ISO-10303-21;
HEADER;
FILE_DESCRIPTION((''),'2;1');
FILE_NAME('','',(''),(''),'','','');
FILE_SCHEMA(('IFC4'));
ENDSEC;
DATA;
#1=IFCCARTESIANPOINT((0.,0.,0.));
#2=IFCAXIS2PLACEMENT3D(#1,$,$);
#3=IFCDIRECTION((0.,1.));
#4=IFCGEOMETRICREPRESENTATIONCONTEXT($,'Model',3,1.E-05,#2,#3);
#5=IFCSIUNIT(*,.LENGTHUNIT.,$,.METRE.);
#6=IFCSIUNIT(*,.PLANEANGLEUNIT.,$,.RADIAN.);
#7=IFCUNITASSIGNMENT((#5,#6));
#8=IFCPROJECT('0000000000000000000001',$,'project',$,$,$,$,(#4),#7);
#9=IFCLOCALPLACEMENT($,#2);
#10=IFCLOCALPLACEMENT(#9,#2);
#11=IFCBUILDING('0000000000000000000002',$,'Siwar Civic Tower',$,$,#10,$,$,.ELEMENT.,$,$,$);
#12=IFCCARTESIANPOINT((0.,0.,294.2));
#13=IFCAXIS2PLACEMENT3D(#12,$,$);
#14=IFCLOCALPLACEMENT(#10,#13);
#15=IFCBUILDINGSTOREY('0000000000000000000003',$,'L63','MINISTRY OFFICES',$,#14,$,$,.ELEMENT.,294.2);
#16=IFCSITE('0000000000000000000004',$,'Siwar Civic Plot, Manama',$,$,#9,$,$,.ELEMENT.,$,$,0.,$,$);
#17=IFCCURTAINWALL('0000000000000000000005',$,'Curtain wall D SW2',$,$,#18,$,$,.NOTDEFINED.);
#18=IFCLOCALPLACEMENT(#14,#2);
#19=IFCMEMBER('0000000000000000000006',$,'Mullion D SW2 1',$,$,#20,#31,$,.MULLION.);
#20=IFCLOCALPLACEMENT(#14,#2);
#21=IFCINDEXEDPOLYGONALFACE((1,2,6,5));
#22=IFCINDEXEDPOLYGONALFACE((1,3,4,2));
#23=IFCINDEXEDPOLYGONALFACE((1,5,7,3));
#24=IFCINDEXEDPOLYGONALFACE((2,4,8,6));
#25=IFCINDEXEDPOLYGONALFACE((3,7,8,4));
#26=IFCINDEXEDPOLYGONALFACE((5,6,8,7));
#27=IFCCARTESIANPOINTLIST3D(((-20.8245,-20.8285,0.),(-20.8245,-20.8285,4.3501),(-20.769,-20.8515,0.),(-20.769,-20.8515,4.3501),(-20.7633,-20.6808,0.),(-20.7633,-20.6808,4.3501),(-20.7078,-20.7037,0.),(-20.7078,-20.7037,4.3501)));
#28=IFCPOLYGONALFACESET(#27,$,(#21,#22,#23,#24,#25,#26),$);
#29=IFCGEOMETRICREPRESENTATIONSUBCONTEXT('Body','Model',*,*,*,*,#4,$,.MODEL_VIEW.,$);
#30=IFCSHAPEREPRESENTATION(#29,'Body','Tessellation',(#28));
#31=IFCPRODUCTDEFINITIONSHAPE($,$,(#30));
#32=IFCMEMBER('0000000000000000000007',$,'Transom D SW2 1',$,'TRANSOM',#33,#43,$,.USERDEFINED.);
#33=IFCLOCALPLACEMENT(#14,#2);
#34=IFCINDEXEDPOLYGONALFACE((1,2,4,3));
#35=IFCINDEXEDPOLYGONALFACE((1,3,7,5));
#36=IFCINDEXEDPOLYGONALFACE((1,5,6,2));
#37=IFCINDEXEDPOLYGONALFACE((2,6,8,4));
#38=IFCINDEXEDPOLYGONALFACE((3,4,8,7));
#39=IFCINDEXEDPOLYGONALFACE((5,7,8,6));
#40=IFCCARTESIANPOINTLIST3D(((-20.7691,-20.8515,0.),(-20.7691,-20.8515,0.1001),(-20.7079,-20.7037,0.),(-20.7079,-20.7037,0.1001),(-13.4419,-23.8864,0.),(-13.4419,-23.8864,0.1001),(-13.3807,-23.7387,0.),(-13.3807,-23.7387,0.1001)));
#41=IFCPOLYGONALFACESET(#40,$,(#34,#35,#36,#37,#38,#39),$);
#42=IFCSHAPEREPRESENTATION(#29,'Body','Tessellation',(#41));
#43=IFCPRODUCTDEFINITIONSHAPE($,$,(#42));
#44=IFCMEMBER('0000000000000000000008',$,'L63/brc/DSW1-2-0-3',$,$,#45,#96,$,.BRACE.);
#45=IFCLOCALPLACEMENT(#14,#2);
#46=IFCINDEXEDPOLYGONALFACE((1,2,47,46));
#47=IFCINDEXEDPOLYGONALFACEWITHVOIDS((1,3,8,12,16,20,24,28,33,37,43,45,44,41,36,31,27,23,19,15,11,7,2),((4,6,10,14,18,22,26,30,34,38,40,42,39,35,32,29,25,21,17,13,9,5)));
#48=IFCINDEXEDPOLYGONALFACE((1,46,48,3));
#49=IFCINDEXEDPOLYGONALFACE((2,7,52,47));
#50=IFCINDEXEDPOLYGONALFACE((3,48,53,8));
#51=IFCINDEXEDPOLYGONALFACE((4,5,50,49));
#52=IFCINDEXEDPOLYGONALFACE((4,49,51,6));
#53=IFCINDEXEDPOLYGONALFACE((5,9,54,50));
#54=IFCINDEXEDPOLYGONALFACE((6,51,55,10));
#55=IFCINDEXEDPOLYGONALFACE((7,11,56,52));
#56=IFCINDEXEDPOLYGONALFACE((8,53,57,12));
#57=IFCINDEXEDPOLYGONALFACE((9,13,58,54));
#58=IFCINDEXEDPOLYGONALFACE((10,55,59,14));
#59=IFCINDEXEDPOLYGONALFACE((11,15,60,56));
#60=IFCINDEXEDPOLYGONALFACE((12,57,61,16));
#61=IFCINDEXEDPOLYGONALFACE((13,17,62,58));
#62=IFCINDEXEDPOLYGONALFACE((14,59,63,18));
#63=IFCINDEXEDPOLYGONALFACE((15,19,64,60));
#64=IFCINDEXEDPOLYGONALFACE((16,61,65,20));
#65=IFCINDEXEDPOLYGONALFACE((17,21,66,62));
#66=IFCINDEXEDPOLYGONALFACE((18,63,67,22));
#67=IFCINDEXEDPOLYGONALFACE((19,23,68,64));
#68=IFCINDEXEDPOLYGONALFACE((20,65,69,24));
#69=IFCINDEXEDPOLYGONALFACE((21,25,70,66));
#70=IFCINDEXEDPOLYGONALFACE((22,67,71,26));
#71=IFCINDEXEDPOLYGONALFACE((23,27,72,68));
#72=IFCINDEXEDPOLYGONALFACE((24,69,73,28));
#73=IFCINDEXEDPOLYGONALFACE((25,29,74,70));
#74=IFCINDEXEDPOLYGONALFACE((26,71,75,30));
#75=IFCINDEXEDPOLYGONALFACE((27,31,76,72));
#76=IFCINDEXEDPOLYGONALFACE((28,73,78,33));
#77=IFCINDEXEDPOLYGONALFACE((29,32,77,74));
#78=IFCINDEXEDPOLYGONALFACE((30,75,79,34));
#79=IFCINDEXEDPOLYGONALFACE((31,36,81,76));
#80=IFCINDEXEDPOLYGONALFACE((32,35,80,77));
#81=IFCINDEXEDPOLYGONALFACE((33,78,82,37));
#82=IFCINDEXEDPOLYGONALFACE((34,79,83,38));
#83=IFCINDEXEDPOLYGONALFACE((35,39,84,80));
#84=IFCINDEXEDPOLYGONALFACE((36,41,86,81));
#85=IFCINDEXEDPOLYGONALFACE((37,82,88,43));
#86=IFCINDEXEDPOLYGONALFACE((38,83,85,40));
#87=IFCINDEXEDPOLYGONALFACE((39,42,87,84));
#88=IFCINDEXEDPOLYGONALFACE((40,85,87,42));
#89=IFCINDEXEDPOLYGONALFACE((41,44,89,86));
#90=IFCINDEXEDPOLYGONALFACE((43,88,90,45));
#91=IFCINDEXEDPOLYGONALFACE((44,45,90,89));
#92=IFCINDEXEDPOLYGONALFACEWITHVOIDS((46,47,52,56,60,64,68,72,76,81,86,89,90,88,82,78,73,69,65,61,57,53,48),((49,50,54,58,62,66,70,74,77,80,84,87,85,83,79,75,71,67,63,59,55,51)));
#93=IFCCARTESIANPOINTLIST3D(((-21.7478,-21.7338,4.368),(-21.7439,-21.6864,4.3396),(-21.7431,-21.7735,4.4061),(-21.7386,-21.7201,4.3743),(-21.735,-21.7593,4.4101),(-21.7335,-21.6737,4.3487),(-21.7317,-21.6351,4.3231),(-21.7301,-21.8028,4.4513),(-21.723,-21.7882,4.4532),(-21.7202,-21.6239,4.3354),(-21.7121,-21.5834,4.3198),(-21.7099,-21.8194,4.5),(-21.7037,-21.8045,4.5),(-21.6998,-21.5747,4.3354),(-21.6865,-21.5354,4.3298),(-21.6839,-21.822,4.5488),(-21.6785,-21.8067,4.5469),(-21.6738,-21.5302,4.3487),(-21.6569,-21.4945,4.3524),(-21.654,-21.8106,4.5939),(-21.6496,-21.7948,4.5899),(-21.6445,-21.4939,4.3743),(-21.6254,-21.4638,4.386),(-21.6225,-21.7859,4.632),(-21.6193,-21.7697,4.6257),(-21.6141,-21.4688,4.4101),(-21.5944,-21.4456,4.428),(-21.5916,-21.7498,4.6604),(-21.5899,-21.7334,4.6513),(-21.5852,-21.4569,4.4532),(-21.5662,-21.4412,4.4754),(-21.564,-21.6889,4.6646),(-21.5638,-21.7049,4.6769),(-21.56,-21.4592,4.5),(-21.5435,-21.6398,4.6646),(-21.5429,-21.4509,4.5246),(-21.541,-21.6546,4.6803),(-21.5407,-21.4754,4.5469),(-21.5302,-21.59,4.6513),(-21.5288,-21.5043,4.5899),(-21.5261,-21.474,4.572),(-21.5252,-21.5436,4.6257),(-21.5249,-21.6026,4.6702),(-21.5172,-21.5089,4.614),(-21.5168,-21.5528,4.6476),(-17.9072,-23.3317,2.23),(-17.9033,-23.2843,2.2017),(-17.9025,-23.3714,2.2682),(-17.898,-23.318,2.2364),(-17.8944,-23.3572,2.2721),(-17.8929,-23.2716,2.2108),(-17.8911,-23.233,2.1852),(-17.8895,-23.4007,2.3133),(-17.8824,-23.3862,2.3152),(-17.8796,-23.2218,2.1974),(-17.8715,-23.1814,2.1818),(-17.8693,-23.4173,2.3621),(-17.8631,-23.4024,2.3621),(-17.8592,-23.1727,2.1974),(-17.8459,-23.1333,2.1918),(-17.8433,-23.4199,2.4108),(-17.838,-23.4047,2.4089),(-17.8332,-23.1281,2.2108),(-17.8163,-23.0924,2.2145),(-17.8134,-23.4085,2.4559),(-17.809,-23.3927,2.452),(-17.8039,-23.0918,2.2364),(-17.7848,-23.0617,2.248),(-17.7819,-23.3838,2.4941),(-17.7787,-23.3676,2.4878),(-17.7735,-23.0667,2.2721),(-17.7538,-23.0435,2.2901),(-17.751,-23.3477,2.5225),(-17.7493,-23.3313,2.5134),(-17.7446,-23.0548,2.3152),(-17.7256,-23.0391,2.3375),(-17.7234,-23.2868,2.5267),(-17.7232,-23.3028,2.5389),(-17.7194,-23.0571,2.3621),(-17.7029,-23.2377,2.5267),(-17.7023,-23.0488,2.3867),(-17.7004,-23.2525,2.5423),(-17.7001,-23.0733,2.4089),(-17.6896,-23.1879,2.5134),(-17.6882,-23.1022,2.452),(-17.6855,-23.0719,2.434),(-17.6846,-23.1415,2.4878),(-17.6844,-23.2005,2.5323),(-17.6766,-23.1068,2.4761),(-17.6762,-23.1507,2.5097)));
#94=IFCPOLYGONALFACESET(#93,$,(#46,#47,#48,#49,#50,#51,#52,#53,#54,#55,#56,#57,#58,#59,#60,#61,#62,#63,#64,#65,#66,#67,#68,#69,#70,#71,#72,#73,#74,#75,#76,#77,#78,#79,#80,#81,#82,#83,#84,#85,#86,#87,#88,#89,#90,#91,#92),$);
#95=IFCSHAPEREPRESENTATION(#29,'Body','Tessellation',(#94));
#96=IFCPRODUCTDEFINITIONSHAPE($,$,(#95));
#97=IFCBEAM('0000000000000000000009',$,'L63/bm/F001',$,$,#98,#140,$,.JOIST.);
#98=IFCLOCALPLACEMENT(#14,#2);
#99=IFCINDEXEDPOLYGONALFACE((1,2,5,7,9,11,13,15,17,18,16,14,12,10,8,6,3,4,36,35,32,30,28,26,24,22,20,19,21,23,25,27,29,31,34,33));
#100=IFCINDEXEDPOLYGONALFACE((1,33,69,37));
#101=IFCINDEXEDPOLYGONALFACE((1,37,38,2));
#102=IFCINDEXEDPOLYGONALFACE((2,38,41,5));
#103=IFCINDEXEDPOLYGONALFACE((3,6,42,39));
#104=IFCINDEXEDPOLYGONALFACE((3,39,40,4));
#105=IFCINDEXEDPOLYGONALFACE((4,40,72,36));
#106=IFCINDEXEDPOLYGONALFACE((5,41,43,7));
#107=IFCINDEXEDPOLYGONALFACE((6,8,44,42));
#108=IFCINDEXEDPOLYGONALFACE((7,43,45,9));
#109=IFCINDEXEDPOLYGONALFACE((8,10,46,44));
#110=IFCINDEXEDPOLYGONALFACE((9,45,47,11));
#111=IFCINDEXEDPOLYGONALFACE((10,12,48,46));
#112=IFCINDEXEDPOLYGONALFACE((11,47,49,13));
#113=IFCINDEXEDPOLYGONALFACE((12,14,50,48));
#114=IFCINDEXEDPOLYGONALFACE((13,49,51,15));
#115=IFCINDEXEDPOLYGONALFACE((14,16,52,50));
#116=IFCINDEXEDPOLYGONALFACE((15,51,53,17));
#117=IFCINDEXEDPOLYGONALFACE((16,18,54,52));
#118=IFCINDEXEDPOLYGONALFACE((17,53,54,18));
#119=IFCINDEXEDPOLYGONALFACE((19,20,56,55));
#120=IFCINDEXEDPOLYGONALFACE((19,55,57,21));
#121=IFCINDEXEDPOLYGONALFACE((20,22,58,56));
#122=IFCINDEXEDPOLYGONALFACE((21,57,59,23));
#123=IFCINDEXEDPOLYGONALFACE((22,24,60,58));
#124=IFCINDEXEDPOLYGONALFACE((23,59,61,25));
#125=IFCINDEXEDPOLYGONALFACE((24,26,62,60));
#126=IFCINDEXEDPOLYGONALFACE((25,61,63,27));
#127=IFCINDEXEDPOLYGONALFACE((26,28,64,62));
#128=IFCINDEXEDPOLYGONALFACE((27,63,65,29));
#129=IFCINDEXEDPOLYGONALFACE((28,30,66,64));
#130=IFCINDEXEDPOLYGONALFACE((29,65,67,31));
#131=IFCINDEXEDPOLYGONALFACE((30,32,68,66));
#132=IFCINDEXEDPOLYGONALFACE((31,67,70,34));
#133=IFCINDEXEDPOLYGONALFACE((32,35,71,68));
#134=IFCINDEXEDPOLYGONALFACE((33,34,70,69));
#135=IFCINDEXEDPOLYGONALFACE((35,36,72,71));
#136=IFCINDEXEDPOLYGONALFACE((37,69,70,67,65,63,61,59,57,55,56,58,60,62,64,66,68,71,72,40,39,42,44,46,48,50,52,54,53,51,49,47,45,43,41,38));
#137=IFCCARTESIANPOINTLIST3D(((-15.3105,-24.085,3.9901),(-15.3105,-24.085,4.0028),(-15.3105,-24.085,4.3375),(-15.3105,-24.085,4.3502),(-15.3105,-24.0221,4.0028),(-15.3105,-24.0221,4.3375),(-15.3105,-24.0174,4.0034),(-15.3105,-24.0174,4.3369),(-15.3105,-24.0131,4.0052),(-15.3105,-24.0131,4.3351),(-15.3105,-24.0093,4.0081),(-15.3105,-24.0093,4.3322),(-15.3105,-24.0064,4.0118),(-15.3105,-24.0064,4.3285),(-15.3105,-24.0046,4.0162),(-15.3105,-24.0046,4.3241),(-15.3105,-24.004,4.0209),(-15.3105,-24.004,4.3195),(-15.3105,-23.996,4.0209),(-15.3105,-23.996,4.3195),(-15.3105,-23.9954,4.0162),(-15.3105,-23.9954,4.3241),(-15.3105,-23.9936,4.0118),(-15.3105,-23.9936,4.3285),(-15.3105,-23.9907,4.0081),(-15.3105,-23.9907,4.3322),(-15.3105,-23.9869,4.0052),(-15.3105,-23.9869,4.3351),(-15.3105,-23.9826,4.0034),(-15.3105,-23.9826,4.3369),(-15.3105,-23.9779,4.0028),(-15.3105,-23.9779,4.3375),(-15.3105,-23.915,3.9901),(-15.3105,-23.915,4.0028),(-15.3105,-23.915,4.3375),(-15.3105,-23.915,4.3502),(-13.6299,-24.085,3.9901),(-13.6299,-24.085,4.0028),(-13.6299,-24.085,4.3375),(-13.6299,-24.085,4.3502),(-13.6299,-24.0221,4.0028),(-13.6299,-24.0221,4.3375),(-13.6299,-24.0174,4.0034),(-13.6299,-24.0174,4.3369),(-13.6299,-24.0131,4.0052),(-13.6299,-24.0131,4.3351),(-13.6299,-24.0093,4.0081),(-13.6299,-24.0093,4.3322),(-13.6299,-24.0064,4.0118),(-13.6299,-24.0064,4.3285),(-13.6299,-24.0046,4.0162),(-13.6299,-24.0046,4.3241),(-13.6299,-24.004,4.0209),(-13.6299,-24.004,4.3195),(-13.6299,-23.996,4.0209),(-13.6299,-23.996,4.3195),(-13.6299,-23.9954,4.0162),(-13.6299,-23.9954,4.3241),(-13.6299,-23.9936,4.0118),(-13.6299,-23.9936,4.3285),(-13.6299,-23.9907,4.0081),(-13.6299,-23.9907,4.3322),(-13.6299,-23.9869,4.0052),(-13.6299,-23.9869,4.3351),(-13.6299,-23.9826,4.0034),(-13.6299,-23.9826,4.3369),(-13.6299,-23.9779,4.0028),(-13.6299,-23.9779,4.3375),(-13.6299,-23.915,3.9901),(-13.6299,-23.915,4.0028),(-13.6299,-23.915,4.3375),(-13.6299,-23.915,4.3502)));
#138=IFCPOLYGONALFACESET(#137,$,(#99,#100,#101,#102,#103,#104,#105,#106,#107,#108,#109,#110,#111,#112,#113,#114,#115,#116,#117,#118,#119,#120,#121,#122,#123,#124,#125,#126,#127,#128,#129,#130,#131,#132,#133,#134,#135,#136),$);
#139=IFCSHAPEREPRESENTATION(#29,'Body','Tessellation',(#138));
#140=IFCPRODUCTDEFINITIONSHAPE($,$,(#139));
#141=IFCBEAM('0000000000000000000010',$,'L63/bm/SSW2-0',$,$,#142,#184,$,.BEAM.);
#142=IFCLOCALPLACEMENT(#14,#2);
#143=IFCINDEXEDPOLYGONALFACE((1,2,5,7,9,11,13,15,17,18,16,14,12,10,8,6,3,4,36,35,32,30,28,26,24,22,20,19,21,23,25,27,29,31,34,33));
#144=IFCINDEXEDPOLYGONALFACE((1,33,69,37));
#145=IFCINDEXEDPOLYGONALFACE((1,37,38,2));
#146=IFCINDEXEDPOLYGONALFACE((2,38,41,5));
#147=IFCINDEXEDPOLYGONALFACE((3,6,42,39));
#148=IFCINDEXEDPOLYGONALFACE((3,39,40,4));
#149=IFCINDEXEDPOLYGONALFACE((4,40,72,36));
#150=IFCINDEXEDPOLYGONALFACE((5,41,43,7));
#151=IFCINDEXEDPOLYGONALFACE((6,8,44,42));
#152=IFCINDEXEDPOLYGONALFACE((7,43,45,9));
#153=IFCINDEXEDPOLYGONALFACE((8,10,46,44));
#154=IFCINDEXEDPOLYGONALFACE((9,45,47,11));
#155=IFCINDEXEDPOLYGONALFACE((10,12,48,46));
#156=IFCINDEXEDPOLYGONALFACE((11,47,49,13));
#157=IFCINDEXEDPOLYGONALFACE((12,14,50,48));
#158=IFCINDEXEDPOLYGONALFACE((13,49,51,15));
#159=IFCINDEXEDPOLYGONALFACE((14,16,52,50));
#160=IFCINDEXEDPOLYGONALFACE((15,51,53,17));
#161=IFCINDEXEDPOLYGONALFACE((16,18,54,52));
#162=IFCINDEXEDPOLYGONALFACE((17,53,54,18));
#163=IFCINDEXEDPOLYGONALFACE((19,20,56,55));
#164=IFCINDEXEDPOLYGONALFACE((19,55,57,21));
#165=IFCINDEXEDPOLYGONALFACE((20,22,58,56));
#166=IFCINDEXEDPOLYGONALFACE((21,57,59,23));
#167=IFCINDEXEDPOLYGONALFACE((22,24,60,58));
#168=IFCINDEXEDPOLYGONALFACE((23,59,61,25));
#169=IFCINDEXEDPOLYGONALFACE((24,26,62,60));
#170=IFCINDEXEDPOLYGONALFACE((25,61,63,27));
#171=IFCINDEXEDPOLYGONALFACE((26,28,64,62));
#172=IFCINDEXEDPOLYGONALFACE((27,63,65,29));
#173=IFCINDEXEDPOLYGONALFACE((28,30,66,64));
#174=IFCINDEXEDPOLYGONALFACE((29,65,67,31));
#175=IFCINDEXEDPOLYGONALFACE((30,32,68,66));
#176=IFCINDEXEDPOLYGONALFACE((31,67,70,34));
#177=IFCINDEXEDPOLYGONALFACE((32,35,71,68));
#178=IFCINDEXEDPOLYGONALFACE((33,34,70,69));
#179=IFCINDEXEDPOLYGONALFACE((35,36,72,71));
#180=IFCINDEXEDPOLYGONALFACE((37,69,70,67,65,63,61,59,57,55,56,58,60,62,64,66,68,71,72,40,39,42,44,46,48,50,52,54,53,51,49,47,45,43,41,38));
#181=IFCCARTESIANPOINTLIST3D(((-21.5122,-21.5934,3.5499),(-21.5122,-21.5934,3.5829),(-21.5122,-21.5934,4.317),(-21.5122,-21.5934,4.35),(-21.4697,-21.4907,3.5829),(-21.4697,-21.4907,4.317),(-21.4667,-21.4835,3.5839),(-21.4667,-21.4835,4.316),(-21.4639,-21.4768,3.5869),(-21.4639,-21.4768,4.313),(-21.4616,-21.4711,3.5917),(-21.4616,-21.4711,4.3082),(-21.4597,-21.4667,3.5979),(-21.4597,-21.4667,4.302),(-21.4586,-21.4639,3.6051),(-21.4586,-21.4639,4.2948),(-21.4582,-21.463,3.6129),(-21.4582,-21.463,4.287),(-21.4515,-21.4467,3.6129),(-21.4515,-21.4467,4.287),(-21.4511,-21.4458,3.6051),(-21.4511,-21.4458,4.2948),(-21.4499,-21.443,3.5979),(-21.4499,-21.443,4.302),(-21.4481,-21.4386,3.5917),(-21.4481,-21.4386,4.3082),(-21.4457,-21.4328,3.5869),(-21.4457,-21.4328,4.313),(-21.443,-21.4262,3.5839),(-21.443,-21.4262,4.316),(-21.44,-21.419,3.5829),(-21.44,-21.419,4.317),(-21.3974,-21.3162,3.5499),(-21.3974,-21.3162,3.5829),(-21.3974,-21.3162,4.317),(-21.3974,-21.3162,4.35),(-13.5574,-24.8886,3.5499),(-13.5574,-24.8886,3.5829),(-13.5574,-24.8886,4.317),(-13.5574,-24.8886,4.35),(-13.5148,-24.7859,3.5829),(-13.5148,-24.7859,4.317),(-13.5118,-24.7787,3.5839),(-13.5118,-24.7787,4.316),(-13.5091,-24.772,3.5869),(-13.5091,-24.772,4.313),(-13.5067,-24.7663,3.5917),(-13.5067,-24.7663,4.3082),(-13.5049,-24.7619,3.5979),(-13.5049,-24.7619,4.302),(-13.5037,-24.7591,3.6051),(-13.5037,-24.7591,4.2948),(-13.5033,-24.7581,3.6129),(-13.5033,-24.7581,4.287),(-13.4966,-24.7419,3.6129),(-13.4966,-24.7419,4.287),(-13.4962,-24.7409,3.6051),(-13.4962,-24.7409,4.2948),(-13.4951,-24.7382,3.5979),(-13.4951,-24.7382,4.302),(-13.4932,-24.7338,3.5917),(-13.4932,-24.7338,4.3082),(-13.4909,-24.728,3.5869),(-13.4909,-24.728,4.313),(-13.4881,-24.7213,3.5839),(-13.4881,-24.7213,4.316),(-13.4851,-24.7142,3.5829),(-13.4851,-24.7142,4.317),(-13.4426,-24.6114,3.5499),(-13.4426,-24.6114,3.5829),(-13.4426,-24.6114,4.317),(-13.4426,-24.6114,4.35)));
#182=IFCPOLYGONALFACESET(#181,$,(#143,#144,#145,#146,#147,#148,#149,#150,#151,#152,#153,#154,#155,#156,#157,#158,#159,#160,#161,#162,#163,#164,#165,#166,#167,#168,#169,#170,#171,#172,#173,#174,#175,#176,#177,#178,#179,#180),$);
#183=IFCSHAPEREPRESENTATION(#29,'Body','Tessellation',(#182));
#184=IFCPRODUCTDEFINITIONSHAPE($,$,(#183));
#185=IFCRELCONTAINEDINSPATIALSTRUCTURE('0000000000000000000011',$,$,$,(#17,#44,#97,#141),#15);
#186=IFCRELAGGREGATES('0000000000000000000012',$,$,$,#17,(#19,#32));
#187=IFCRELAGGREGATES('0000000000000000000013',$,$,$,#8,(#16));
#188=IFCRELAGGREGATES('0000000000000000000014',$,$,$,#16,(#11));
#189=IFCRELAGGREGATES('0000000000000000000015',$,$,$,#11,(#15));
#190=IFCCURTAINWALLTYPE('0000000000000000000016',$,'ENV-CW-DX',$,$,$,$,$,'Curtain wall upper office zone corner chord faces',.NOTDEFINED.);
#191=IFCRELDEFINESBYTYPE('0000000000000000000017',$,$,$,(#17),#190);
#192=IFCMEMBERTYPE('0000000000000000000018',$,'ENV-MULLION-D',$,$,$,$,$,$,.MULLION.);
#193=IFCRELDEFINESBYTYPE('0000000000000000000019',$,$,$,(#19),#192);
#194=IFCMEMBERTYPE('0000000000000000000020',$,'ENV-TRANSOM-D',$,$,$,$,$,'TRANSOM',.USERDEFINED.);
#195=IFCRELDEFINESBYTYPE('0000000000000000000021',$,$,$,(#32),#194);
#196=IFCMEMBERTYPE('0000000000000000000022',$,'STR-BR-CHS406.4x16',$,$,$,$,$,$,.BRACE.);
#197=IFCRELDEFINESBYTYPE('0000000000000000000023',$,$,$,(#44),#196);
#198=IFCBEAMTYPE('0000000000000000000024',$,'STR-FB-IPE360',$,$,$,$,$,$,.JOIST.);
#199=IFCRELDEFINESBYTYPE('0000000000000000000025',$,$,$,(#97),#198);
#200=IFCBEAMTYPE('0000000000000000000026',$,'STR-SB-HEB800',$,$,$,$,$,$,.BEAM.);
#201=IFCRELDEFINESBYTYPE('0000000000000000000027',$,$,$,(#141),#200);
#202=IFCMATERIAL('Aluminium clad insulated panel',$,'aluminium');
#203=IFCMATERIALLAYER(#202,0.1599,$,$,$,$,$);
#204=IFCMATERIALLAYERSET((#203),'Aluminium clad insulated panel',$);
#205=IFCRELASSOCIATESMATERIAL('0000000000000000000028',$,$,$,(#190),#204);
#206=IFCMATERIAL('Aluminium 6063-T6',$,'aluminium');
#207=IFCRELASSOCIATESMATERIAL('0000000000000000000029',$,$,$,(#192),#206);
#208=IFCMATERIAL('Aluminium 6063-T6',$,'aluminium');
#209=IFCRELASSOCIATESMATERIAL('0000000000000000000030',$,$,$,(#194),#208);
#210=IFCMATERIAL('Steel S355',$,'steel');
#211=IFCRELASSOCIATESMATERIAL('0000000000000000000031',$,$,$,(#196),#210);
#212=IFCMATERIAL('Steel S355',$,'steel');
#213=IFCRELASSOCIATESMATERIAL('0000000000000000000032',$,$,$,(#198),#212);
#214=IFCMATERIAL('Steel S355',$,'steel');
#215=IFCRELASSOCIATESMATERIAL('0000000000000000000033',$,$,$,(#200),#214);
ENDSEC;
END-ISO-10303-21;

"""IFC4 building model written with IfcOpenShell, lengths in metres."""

from ifc_helpers import new_model, si_unit, direction, frame, origin, origin_2d, place, context, subcontext, project, spatial, rectangle, hollow_circle, i_section, extrude, material, layer, layer_set, material_profile, profile_set, type_object, element, aggregate, save


model = new_model("IFC4")

# Units and contexts
model_context = context("Model", 3, precision=1e-05, world=origin(), true_north=direction((0.0, 1.0)))
body_context = subcontext(model_context, "Body", "Model", "MODEL_VIEW")
ifc_project = project(units=[si_unit("LENGTHUNIT", "METRE"), si_unit("PLANEANGLEUNIT", "RADIAN")], contexts=[model_context])

# Site, building, storey
site_placement = place(None, origin())
site = spatial("IfcSite", under=ifc_project, at=site_placement, Name="Siwar Civic Plot, Manama", CompositionType="ELEMENT", RefElevation=0.0)
building_placement = place(site_placement, origin())
building = spatial("IfcBuilding", under=site, at=building_placement, Name="Siwar Civic Tower", CompositionType="ELEMENT")
storey_placement = place(building_placement, frame((0.0, 0.0, 294.2)))
storey = spatial("IfcBuildingStorey", under=building, at=storey_placement, Name="L63", Description="MINISTRY OFFICES", CompositionType="ELEMENT", Elevation=294.2)

# Curtain wall, members
ifc_material_1 = material(Name="Aluminium clad insulated panel", Category="aluminium")
ifc_layer_1 = layer(ifc_material_1, 0.1599)
ifc_layer_set_1 = layer_set([ifc_layer_1], Name="Aluminium clad insulated panel")
curtain_wall_type = type_object("IfcCurtainWallType", Name="ENV-CW-DX", ElementType="Curtain wall upper office zone corner chord faces", PredefinedType="NOTDEFINED", material=ifc_layer_set_1)
curtain_wall_placement = place(storey_placement, origin())
curtain_wall = element("IfcCurtainWall", 1, at=curtain_wall_placement, inside=storey, type_object=curtain_wall_type, Name="Curtain wall D SW2", PredefinedType="NOTDEFINED")
ifc_material_2 = material(Name="Aluminium 6063-T6", Category="aluminium")
ifc_material_profile_1 = material_profile(ifc_material_2, rectangle(XDim=0.1599, YDim=0.0601, at=origin_2d()), Name="AL 160x60")
ifc_profile_set_1 = profile_set([ifc_material_profile_1], Name="Aluminium 6063-T6")
member_type_1 = type_object("IfcMemberType", Name="ENV-MULLION-D", PredefinedType="MULLION", material=ifc_profile_set_1)
member_1_placement = place(storey_placement, frame((-20.7661, -20.7661, 0.0), z_axis=(0.0, 0.0, 1.0), x_axis=(0.382683, 0.92388, 0.0)))
member_1 = element("IfcMember", 2, at=member_1_placement, type_object=member_type_1, Name="Mullion D SW2 1", PredefinedType="MULLION", context=body_context, shape_type="SweptSolid", body=[
    extrude(rectangle(XDim=0.1599, YDim=0.0601, at=origin_2d()), origin(), (0.0, 0.0, 1.0), 4.3501),
])
ifc_material_3 = material(Name="Aluminium 6063-T6", Category="aluminium")
ifc_material_profile_2 = material_profile(ifc_material_3, rectangle(XDim=0.1599, YDim=0.1001, at=origin_2d()), Name="AL 160x100")
ifc_profile_set_2 = profile_set([ifc_material_profile_2], Name="Aluminium 6063-T6")
member_type_2 = type_object("IfcMemberType", Name="ENV-TRANSOM-D", ElementType="TRANSOM", PredefinedType="USERDEFINED", material=ifc_profile_set_2)
member_2_placement = place(storey_placement, frame((-20.7385, -20.7776, 0.05), z_axis=(0.923884, -0.382674, 0.0), x_axis=(0.382674, 0.923884, 0.0)))
member_2 = element("IfcMember", 3, at=member_2_placement, type_object=member_type_2, Name="Transom D SW2 1", ObjectType="TRANSOM", PredefinedType="USERDEFINED", context=body_context, shape_type="SweptSolid", body=[
    extrude(rectangle(XDim=0.1599, YDim=0.1001, at=origin_2d()), origin(), (0.0, 0.0, 1.0), 7.9309),
])

# Member
ifc_material_4 = material(Name="Steel S355", Category="steel")
ifc_material_profile_3 = material_profile(ifc_material_4, hollow_circle(Radius=0.2031, WallThickness=0.0161, at=origin_2d()), Name="CHS406.4x16")
ifc_profile_set_3 = profile_set([ifc_material_profile_3], Name="Steel S355")
member_type_3 = type_object("IfcMemberType", Name="STR-BR-CHS406.4x16", PredefinedType="BRACE", material=ifc_profile_set_3)
member_3_placement = place(storey_placement, frame((-17.7913, -23.2297, 2.3621), z_axis=(-0.821167, 0.341653, 0.45712), x_axis=(-0.384136, -0.923276, 0.0)))
element("IfcMember", 4, at=member_3_placement, inside=storey, type_object=member_type_3, Name="L63/brc/DSW1-2-0-3", PredefinedType="BRACE", context=body_context, shape_type="SweptSolid", body=[
    extrude(hollow_circle(Radius=0.2031, WallThickness=0.0161, at=origin_2d()), origin(), (0.0, 0.0, 1.0), 4.677),
])

# Beams
ifc_material_5 = material(Name="Steel S355", Category="steel")
ifc_material_profile_4 = material_profile(ifc_material_5, i_section(OverallWidth=0.1699, OverallDepth=0.3601, WebThickness=0.0081, FlangeThickness=0.0127, FilletRadius=0.0181, at=origin_2d()), Name="IPE360")
ifc_profile_set_4 = profile_set([ifc_material_profile_4], Name="Steel S355")
beam_type_1 = type_object("IfcBeamType", Name="STR-FB-IPE360", PredefinedType="JOIST", material=ifc_profile_set_4)
beam_1_placement = place(storey_placement, frame((-15.3105, -24.0, 4.1702), z_axis=(1.0, 0.0, 0.0), x_axis=(0.0, 1.0, 0.0)))
element("IfcBeam", 5, at=beam_1_placement, inside=storey, type_object=beam_type_1, Name="L63/bm/F001", PredefinedType="JOIST", context=body_context, shape_type="SweptSolid", body=[
    extrude(i_section(OverallWidth=0.1699, OverallDepth=0.3601, WebThickness=0.0081, FlangeThickness=0.0127, FilletRadius=0.0181, at=origin_2d()), origin(), (0.0, 0.0, 1.0), 1.6807),
])
ifc_material_6 = material(Name="Steel S355", Category="steel")
ifc_material_profile_5 = material_profile(ifc_material_6, i_section(OverallWidth=0.3, OverallDepth=0.8, WebThickness=0.0176, FlangeThickness=0.033, FilletRadius=0.03, at=origin_2d()), Name="HEB800")
ifc_profile_set_5 = profile_set([ifc_material_profile_5], Name="Steel S355")
beam_type_2 = type_object("IfcBeamType", Name="STR-SB-HEB800", PredefinedType="BEAM", material=ifc_profile_set_5)
beam_2_placement = place(storey_placement, frame((-21.4548, -21.4548, 3.95), z_axis=(0.923873, -0.3827, 0.0), x_axis=(0.3827, 0.923873, 0.0)))
element("IfcBeam", 6, at=beam_2_placement, inside=storey, type_object=beam_type_2, Name="L63/bm/SSW2-0", PredefinedType="BEAM", context=body_context, shape_type="SweptSolid", body=[
    extrude(i_section(OverallWidth=0.3, OverallDepth=0.8, WebThickness=0.0176, FlangeThickness=0.033, FilletRadius=0.03, at=origin_2d()), origin(), (0.0, 0.0, 1.0), 8.6104),
])

aggregate(curtain_wall, [member_1, member_2])

save(model, "model.ifc")
